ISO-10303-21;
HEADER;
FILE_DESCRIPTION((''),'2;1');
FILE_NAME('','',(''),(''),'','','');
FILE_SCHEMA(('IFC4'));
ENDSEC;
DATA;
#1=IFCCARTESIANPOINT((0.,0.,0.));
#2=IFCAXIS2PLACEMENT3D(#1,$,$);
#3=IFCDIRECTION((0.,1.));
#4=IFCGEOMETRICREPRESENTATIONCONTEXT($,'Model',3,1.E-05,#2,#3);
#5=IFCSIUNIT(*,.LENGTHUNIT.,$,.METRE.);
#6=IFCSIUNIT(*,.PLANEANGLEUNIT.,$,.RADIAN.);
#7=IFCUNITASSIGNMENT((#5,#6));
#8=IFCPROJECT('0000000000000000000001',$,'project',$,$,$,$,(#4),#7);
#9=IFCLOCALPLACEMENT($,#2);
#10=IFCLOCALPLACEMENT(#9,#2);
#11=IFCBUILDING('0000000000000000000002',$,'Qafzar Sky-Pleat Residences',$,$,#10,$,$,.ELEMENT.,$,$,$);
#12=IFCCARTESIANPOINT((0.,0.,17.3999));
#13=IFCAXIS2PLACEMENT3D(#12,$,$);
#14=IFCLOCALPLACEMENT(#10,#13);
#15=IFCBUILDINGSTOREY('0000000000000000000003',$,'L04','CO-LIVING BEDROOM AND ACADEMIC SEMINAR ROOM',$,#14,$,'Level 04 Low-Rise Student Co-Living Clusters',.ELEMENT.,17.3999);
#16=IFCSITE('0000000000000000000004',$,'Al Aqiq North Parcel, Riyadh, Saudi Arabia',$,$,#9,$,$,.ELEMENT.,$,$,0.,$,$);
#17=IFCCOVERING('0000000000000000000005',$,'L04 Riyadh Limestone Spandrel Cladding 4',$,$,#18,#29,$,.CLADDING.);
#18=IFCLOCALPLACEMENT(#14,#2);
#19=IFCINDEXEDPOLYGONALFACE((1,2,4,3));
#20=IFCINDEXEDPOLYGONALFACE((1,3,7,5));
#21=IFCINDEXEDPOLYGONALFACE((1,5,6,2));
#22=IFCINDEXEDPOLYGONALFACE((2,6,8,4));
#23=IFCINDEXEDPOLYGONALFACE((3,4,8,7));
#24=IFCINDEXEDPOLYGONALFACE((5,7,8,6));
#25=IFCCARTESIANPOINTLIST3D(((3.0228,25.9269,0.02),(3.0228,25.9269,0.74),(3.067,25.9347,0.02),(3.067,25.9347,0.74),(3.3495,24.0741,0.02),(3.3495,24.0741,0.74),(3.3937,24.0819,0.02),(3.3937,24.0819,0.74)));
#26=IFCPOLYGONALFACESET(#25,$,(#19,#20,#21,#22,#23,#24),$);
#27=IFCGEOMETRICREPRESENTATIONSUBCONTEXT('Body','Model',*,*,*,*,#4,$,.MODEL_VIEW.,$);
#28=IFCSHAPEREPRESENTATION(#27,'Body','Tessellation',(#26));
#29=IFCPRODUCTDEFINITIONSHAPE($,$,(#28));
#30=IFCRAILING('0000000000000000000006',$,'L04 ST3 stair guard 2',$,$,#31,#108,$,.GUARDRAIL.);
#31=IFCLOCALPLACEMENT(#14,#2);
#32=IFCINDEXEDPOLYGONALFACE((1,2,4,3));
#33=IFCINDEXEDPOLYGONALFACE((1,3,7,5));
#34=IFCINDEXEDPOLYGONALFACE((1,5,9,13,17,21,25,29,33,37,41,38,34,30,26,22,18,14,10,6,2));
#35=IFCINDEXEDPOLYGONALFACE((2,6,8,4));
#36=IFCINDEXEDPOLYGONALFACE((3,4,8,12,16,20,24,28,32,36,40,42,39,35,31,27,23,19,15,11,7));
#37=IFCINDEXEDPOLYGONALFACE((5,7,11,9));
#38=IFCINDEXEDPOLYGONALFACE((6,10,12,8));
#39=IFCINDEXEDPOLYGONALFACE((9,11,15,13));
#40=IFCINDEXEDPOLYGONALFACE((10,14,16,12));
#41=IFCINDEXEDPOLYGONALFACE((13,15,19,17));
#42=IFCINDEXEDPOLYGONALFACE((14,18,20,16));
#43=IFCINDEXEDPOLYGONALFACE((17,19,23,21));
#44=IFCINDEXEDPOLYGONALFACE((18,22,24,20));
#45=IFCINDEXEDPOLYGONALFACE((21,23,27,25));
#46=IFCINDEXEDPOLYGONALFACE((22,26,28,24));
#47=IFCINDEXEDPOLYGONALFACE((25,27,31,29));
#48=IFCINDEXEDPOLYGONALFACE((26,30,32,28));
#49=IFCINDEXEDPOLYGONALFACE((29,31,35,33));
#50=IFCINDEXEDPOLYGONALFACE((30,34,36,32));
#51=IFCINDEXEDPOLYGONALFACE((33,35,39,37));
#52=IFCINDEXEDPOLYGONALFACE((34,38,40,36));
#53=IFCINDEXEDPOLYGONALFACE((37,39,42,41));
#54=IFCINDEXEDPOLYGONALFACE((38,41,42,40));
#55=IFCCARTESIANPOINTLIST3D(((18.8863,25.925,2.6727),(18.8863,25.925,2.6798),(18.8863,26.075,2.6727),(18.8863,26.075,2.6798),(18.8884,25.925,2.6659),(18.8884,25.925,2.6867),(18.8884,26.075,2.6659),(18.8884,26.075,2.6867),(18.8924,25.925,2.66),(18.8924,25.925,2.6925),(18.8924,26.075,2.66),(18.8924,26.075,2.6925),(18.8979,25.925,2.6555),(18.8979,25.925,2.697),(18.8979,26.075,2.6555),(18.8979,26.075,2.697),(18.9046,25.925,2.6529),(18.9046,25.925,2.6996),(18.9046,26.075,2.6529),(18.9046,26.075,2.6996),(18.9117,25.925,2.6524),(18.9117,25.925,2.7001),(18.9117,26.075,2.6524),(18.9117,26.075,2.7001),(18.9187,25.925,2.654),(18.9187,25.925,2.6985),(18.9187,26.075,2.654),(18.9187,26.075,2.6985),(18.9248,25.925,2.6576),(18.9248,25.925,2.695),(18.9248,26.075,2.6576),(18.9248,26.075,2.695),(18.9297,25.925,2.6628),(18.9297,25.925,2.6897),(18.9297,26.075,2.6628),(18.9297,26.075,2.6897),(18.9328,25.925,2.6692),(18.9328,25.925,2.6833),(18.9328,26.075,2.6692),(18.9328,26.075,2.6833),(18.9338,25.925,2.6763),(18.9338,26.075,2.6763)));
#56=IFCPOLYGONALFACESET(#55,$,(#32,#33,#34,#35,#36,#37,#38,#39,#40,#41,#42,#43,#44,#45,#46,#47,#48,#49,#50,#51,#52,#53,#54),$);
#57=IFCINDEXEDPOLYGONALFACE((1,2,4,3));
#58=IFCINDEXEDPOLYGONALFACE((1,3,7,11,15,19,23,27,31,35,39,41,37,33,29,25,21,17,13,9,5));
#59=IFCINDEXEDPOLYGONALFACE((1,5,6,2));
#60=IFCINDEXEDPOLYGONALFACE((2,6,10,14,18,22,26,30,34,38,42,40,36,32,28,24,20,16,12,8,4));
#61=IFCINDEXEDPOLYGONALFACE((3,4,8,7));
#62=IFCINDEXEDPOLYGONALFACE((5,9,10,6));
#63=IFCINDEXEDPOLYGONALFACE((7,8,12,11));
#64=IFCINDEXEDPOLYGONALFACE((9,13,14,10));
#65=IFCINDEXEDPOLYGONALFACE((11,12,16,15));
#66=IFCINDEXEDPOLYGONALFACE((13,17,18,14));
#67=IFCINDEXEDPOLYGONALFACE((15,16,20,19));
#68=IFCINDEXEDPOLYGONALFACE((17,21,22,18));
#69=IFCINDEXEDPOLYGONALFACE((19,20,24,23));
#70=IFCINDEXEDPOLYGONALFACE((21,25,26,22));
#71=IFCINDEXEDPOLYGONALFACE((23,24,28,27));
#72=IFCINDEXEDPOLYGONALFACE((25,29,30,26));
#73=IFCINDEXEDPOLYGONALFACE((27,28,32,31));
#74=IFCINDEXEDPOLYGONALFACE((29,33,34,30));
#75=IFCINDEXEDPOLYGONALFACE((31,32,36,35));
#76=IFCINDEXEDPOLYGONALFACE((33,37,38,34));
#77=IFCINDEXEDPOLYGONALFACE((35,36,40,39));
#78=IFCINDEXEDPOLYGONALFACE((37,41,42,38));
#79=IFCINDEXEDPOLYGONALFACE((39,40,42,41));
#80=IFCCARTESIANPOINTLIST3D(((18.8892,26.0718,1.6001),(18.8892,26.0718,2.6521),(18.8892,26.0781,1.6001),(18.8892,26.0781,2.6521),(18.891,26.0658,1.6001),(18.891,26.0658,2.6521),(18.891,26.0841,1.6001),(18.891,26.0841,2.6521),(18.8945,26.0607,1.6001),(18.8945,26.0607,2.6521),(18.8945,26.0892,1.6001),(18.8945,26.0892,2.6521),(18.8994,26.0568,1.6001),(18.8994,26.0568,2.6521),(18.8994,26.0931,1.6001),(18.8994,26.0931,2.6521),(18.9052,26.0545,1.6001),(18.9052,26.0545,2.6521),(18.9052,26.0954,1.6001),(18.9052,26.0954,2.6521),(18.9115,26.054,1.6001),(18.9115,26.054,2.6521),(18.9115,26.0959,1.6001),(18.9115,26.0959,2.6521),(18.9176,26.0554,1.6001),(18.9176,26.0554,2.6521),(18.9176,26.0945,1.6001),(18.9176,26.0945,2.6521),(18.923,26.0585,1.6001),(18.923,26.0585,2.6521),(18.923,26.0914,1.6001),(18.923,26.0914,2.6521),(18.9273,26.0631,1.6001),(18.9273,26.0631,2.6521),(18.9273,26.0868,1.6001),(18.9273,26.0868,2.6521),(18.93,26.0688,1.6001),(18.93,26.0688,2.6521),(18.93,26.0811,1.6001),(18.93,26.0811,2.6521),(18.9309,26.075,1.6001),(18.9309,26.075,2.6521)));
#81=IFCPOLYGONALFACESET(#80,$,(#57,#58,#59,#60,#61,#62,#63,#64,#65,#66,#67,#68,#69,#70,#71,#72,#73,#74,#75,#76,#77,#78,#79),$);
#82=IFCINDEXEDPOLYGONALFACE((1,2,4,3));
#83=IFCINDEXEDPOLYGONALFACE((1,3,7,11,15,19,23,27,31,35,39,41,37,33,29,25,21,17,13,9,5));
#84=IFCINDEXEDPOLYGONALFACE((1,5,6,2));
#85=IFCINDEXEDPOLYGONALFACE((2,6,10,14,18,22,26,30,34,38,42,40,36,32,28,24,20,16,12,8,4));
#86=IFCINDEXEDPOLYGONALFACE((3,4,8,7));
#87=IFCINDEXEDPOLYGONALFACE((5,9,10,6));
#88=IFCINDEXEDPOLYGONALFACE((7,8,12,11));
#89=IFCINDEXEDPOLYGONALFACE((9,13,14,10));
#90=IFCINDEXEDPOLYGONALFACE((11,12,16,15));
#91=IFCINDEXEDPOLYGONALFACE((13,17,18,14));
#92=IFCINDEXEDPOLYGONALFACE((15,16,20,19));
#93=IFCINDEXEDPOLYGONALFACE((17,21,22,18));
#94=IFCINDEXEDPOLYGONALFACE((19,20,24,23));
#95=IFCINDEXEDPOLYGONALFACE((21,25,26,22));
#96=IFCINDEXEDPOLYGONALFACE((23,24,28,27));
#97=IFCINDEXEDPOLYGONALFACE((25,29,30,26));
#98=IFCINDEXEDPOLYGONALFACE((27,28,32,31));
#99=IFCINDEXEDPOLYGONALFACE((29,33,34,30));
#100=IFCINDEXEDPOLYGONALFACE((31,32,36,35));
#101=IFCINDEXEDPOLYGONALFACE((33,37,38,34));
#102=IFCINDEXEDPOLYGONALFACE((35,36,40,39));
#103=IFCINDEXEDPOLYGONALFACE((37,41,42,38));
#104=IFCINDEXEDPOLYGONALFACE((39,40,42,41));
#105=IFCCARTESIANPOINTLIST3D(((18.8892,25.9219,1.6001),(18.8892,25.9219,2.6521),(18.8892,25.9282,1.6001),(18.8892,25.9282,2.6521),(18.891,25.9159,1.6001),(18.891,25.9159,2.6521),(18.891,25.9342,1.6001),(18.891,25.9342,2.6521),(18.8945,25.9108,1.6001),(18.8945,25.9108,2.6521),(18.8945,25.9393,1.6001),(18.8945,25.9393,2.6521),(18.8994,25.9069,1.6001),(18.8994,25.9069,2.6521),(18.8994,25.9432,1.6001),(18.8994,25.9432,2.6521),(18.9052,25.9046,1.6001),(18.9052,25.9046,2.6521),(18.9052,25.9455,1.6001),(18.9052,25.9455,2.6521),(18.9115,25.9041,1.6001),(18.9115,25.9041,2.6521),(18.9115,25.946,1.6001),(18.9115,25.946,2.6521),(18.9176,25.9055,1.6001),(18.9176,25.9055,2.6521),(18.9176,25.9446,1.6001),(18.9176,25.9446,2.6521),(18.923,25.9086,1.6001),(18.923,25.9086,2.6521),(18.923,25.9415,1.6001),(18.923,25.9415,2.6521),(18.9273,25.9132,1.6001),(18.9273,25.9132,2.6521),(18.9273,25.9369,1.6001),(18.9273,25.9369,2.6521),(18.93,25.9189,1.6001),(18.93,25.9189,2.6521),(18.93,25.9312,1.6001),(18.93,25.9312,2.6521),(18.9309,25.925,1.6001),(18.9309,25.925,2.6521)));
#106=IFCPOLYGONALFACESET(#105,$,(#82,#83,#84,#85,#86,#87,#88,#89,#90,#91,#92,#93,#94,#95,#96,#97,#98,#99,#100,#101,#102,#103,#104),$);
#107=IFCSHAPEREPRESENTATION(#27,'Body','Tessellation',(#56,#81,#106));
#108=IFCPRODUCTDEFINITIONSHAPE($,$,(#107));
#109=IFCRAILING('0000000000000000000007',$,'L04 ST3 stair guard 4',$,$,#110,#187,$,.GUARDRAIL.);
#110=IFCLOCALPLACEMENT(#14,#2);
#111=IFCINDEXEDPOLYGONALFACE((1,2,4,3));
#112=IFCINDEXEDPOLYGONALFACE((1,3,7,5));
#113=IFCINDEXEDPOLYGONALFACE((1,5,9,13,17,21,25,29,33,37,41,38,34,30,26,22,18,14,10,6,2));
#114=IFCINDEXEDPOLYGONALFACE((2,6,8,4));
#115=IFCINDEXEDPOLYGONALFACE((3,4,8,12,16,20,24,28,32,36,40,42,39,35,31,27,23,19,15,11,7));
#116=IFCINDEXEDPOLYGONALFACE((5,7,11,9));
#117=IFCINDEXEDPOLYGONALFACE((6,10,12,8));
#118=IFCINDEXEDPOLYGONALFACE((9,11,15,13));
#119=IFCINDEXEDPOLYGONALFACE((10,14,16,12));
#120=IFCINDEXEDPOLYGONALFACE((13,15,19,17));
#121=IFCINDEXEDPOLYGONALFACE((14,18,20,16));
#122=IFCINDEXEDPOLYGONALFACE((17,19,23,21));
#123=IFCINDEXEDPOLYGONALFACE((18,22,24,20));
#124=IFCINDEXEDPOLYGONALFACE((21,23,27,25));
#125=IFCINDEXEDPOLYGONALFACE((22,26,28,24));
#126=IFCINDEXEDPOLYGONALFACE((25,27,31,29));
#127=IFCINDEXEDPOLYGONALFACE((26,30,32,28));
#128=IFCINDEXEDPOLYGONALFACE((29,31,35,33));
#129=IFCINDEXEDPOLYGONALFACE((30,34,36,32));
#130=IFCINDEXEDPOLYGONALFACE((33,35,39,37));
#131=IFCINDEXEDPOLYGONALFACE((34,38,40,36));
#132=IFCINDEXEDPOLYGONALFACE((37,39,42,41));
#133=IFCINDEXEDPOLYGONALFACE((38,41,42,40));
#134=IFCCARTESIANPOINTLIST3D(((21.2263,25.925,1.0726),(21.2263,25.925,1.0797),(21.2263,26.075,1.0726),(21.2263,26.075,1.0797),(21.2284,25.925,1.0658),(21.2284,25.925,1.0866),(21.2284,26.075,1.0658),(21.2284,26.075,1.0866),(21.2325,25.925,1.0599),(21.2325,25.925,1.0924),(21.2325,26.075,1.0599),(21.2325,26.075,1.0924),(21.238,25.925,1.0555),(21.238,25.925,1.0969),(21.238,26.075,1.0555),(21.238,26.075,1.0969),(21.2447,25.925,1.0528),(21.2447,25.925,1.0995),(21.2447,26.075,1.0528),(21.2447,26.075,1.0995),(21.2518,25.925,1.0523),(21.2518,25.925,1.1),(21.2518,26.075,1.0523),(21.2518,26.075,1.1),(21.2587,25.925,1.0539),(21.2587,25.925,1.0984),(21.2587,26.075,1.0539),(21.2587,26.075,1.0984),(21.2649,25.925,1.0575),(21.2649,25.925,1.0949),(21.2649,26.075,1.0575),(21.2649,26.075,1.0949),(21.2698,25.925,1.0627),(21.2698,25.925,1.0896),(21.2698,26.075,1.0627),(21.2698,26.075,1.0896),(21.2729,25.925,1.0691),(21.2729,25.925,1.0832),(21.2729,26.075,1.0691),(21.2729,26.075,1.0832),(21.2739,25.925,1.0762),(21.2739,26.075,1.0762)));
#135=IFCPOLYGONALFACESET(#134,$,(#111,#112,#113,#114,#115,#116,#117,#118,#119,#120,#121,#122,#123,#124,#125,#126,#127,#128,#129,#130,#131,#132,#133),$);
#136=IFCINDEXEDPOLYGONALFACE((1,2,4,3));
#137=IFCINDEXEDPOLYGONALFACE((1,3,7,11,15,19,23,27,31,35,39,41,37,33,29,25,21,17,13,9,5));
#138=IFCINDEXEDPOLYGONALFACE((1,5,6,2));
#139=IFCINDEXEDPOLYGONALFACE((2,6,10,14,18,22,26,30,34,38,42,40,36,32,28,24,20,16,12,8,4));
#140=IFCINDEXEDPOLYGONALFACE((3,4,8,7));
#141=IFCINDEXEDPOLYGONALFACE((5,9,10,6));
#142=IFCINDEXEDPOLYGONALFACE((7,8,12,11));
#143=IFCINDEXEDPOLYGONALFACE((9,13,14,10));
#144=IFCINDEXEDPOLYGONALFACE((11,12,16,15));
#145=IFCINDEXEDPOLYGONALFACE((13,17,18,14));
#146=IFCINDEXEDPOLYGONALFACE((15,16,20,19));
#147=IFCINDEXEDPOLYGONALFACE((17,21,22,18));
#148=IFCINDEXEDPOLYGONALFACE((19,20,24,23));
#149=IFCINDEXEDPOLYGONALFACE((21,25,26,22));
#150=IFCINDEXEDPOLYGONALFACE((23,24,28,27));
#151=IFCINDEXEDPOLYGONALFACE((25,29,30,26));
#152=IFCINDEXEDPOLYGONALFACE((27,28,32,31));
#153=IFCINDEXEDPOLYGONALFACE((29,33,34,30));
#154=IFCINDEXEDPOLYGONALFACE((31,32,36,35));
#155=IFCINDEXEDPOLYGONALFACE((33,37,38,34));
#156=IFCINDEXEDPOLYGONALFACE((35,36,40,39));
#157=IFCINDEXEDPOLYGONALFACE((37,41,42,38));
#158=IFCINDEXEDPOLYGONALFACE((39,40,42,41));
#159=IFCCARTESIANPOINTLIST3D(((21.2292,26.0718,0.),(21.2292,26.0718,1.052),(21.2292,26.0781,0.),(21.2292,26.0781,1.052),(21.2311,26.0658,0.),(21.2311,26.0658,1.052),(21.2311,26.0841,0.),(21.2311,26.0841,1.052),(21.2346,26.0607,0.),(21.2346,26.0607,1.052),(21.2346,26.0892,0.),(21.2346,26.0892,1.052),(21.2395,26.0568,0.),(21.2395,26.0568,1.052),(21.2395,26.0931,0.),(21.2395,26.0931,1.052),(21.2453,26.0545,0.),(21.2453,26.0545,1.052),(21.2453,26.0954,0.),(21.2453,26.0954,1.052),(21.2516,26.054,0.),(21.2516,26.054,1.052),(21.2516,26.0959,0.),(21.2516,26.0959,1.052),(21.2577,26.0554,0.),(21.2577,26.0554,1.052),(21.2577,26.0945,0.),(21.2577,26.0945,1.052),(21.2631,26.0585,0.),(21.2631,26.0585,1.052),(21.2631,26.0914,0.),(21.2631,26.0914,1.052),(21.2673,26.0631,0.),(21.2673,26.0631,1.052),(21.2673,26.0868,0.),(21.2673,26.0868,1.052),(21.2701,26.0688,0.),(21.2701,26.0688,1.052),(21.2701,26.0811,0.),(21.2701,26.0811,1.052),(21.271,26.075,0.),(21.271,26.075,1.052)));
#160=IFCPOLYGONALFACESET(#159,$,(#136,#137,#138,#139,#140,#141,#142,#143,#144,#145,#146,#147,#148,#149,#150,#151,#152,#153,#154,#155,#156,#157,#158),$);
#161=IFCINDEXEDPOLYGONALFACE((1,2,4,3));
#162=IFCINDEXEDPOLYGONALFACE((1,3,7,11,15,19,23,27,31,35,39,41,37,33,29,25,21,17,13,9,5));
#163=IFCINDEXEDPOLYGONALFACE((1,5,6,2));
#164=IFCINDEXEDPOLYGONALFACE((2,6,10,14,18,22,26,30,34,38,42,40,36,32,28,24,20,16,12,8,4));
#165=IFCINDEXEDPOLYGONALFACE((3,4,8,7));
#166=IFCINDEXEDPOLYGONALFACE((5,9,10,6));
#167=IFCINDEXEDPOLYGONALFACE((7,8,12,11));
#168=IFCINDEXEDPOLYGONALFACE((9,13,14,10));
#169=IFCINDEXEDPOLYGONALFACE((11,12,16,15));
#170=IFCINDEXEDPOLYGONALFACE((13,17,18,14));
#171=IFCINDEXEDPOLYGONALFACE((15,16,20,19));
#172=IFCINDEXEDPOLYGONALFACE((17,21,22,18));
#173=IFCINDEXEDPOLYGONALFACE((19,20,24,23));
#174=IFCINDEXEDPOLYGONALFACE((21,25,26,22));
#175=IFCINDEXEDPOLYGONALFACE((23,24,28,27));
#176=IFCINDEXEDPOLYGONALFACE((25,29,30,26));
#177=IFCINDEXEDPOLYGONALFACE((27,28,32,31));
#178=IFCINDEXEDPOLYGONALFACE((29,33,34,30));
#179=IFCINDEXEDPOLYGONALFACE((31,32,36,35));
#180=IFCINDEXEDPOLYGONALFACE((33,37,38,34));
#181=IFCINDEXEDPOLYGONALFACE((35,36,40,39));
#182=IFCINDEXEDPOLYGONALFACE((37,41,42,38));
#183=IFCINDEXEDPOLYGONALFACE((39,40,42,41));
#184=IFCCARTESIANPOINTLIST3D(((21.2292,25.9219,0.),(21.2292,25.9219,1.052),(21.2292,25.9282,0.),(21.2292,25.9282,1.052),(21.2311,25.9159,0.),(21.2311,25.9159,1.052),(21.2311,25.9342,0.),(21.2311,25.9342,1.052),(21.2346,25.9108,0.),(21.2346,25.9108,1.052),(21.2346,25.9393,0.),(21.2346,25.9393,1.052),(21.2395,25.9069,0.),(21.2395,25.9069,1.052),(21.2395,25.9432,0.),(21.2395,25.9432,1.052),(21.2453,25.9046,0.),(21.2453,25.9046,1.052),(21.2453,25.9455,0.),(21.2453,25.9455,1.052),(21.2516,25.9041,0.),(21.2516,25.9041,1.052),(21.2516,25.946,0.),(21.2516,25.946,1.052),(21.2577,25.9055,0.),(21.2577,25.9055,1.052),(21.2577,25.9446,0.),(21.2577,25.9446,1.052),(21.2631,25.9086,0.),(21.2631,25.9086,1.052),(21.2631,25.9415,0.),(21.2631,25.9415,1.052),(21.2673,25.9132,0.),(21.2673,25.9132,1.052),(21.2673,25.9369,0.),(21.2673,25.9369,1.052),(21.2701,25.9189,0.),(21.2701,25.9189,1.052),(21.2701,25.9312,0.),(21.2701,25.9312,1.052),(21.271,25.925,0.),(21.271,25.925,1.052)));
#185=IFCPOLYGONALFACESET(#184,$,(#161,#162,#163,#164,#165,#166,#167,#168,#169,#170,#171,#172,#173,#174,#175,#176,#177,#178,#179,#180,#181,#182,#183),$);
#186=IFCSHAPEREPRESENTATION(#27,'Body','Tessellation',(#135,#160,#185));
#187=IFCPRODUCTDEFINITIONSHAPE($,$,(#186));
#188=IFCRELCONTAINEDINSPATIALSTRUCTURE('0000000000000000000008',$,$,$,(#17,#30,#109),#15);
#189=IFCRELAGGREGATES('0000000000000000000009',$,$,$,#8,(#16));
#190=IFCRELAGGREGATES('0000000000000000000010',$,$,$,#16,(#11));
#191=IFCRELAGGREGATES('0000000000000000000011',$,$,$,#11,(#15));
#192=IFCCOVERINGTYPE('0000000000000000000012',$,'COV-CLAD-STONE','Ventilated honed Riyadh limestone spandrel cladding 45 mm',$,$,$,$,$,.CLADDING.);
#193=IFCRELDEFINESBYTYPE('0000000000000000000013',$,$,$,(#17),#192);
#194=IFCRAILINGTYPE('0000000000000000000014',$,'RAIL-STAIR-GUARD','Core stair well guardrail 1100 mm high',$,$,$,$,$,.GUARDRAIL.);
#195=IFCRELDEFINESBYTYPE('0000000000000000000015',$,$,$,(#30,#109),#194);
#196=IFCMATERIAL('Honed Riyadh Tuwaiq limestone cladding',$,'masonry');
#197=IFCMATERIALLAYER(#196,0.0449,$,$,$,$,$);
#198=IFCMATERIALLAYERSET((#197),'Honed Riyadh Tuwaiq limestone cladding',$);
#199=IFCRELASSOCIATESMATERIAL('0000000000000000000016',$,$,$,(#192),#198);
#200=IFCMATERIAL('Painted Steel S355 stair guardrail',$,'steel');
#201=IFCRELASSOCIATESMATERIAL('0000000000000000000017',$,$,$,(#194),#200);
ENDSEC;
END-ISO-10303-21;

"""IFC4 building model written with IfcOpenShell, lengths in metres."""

from ifc_helpers import new_model, si_unit, direction, frame, origin, origin_2d, place, context, subcontext, project, spatial, rectangle, circle, extrude, source, transform, mapped, material, layer, layer_set, type_object, element, save


model = new_model("IFC4")

# Units and contexts
model_context = context("Model", 3, precision=1e-05, world=origin(), true_north=direction((0.0, 1.0)))
body_context = subcontext(model_context, "Body", "Model", "MODEL_VIEW")
ifc_project = project(units=[si_unit("LENGTHUNIT", "METRE"), si_unit("PLANEANGLEUNIT", "RADIAN")], contexts=[model_context])

# Site, building, storey
site_placement = place(None, origin())
site = spatial("IfcSite", under=ifc_project, at=site_placement, Name="Al Aqiq North Parcel, Riyadh, Saudi Arabia", CompositionType="ELEMENT", RefElevation=0.0)
building_placement = place(site_placement, origin())
building = spatial("IfcBuilding", under=site, at=building_placement, Name="Qafzar Sky-Pleat Residences", CompositionType="ELEMENT")
storey_placement = place(building_placement, frame((0.0, 0.0, 17.3999)))
storey = spatial("IfcBuildingStorey", under=building, at=storey_placement, Name="L04", Description="CO-LIVING BEDROOM AND ACADEMIC SEMINAR ROOM", LongName="Level 04 Low-Rise Student Co-Living Clusters", CompositionType="ELEMENT", Elevation=17.3999)

# Covering
ifc_material_1 = material(Name="Honed Riyadh Tuwaiq limestone cladding", Category="masonry")
ifc_layer_1 = layer(ifc_material_1, 0.0449)
ifc_layer_set_1 = layer_set([ifc_layer_1], Name="Honed Riyadh Tuwaiq limestone cladding")
covering_type = type_object("IfcCoveringType", Name="COV-CLAD-STONE", Description="Ventilated honed Riyadh limestone spandrel cladding 45 mm", PredefinedType="CLADDING", material=ifc_layer_set_1)
shared_shape_1 = source(origin(), body_context, "Body", "SweptSolid", [
    extrude(rectangle(XDim=1.8813, YDim=0.0449, at=origin_2d()), origin(), (0.0, 0.0, 1.0), 0.72),
])
covering_1_placement = place(storey_placement, frame((3.2083, 25.0044, 0.02), z_axis=(0.0, 0.0, 1.0), x_axis=(0.173663, -0.984805, 0.0)))
element("IfcCovering", 1, at=covering_1_placement, inside=storey, type_object=covering_type, Name="L04 Riyadh Limestone Spandrel Cladding 4", PredefinedType="CLADDING", context=body_context, shape_type="MappedRepresentation", body=[
    mapped(shared_shape_1, transform((0.0, 0.0, 0.0), x_axis=(1.0, 0.0, 0.0), y_axis=(0.0, 1.0, 0.0), z_axis=(0.0, 0.0, 1.0), scale=1.0)),
])

# Railings
ifc_material_2 = material(Name="Painted Steel S355 stair guardrail", Category="steel")
railing_type_1 = type_object("IfcRailingType", Name="RAIL-STAIR-GUARD", Description="Core stair well guardrail 1100 mm high", PredefinedType="GUARDRAIL", material=ifc_material_2)
shared_shape_2 = source(origin(), body_context, "Body", "SweptSolid", [
    extrude(circle(Radius=0.0239, at=origin_2d()), frame((0.0, 0.0, 1.0762), z_axis=(0.0, -1.0, 0.0), x_axis=(1.0, 0.0, 0.0)), (0.0, 0.0, 1.0), 0.1499),
    extrude(circle(Radius=0.021, at=origin_2d()), origin(), (0.0, 0.0, 1.0), 1.052),
    extrude(circle(Radius=0.021, at=origin_2d()), frame((0.0, -0.1499, 0.0)), (0.0, 0.0, 1.0), 1.052),
])
for number, where, name in (
    (2, (18.9099, 26.075, 1.6001), "L04 ST3 stair guard 2"),
    (3, (21.25, 26.075, 0.0), "L04 ST3 stair guard 4"),
):
    element("IfcRailing", number, at=place(storey_placement, frame(where)), inside=storey, type_object=railing_type_1, Name=name, PredefinedType="GUARDRAIL", context=body_context, shape_type="MappedRepresentation", body=[
        mapped(shared_shape_2, transform((0.0, 0.0, 0.0), x_axis=(1.0, 0.0, 0.0), y_axis=(0.0, 1.0, 0.0), z_axis=(0.0, 0.0, 1.0), scale=1.0)),
    ])

save(model, "model.ifc")
